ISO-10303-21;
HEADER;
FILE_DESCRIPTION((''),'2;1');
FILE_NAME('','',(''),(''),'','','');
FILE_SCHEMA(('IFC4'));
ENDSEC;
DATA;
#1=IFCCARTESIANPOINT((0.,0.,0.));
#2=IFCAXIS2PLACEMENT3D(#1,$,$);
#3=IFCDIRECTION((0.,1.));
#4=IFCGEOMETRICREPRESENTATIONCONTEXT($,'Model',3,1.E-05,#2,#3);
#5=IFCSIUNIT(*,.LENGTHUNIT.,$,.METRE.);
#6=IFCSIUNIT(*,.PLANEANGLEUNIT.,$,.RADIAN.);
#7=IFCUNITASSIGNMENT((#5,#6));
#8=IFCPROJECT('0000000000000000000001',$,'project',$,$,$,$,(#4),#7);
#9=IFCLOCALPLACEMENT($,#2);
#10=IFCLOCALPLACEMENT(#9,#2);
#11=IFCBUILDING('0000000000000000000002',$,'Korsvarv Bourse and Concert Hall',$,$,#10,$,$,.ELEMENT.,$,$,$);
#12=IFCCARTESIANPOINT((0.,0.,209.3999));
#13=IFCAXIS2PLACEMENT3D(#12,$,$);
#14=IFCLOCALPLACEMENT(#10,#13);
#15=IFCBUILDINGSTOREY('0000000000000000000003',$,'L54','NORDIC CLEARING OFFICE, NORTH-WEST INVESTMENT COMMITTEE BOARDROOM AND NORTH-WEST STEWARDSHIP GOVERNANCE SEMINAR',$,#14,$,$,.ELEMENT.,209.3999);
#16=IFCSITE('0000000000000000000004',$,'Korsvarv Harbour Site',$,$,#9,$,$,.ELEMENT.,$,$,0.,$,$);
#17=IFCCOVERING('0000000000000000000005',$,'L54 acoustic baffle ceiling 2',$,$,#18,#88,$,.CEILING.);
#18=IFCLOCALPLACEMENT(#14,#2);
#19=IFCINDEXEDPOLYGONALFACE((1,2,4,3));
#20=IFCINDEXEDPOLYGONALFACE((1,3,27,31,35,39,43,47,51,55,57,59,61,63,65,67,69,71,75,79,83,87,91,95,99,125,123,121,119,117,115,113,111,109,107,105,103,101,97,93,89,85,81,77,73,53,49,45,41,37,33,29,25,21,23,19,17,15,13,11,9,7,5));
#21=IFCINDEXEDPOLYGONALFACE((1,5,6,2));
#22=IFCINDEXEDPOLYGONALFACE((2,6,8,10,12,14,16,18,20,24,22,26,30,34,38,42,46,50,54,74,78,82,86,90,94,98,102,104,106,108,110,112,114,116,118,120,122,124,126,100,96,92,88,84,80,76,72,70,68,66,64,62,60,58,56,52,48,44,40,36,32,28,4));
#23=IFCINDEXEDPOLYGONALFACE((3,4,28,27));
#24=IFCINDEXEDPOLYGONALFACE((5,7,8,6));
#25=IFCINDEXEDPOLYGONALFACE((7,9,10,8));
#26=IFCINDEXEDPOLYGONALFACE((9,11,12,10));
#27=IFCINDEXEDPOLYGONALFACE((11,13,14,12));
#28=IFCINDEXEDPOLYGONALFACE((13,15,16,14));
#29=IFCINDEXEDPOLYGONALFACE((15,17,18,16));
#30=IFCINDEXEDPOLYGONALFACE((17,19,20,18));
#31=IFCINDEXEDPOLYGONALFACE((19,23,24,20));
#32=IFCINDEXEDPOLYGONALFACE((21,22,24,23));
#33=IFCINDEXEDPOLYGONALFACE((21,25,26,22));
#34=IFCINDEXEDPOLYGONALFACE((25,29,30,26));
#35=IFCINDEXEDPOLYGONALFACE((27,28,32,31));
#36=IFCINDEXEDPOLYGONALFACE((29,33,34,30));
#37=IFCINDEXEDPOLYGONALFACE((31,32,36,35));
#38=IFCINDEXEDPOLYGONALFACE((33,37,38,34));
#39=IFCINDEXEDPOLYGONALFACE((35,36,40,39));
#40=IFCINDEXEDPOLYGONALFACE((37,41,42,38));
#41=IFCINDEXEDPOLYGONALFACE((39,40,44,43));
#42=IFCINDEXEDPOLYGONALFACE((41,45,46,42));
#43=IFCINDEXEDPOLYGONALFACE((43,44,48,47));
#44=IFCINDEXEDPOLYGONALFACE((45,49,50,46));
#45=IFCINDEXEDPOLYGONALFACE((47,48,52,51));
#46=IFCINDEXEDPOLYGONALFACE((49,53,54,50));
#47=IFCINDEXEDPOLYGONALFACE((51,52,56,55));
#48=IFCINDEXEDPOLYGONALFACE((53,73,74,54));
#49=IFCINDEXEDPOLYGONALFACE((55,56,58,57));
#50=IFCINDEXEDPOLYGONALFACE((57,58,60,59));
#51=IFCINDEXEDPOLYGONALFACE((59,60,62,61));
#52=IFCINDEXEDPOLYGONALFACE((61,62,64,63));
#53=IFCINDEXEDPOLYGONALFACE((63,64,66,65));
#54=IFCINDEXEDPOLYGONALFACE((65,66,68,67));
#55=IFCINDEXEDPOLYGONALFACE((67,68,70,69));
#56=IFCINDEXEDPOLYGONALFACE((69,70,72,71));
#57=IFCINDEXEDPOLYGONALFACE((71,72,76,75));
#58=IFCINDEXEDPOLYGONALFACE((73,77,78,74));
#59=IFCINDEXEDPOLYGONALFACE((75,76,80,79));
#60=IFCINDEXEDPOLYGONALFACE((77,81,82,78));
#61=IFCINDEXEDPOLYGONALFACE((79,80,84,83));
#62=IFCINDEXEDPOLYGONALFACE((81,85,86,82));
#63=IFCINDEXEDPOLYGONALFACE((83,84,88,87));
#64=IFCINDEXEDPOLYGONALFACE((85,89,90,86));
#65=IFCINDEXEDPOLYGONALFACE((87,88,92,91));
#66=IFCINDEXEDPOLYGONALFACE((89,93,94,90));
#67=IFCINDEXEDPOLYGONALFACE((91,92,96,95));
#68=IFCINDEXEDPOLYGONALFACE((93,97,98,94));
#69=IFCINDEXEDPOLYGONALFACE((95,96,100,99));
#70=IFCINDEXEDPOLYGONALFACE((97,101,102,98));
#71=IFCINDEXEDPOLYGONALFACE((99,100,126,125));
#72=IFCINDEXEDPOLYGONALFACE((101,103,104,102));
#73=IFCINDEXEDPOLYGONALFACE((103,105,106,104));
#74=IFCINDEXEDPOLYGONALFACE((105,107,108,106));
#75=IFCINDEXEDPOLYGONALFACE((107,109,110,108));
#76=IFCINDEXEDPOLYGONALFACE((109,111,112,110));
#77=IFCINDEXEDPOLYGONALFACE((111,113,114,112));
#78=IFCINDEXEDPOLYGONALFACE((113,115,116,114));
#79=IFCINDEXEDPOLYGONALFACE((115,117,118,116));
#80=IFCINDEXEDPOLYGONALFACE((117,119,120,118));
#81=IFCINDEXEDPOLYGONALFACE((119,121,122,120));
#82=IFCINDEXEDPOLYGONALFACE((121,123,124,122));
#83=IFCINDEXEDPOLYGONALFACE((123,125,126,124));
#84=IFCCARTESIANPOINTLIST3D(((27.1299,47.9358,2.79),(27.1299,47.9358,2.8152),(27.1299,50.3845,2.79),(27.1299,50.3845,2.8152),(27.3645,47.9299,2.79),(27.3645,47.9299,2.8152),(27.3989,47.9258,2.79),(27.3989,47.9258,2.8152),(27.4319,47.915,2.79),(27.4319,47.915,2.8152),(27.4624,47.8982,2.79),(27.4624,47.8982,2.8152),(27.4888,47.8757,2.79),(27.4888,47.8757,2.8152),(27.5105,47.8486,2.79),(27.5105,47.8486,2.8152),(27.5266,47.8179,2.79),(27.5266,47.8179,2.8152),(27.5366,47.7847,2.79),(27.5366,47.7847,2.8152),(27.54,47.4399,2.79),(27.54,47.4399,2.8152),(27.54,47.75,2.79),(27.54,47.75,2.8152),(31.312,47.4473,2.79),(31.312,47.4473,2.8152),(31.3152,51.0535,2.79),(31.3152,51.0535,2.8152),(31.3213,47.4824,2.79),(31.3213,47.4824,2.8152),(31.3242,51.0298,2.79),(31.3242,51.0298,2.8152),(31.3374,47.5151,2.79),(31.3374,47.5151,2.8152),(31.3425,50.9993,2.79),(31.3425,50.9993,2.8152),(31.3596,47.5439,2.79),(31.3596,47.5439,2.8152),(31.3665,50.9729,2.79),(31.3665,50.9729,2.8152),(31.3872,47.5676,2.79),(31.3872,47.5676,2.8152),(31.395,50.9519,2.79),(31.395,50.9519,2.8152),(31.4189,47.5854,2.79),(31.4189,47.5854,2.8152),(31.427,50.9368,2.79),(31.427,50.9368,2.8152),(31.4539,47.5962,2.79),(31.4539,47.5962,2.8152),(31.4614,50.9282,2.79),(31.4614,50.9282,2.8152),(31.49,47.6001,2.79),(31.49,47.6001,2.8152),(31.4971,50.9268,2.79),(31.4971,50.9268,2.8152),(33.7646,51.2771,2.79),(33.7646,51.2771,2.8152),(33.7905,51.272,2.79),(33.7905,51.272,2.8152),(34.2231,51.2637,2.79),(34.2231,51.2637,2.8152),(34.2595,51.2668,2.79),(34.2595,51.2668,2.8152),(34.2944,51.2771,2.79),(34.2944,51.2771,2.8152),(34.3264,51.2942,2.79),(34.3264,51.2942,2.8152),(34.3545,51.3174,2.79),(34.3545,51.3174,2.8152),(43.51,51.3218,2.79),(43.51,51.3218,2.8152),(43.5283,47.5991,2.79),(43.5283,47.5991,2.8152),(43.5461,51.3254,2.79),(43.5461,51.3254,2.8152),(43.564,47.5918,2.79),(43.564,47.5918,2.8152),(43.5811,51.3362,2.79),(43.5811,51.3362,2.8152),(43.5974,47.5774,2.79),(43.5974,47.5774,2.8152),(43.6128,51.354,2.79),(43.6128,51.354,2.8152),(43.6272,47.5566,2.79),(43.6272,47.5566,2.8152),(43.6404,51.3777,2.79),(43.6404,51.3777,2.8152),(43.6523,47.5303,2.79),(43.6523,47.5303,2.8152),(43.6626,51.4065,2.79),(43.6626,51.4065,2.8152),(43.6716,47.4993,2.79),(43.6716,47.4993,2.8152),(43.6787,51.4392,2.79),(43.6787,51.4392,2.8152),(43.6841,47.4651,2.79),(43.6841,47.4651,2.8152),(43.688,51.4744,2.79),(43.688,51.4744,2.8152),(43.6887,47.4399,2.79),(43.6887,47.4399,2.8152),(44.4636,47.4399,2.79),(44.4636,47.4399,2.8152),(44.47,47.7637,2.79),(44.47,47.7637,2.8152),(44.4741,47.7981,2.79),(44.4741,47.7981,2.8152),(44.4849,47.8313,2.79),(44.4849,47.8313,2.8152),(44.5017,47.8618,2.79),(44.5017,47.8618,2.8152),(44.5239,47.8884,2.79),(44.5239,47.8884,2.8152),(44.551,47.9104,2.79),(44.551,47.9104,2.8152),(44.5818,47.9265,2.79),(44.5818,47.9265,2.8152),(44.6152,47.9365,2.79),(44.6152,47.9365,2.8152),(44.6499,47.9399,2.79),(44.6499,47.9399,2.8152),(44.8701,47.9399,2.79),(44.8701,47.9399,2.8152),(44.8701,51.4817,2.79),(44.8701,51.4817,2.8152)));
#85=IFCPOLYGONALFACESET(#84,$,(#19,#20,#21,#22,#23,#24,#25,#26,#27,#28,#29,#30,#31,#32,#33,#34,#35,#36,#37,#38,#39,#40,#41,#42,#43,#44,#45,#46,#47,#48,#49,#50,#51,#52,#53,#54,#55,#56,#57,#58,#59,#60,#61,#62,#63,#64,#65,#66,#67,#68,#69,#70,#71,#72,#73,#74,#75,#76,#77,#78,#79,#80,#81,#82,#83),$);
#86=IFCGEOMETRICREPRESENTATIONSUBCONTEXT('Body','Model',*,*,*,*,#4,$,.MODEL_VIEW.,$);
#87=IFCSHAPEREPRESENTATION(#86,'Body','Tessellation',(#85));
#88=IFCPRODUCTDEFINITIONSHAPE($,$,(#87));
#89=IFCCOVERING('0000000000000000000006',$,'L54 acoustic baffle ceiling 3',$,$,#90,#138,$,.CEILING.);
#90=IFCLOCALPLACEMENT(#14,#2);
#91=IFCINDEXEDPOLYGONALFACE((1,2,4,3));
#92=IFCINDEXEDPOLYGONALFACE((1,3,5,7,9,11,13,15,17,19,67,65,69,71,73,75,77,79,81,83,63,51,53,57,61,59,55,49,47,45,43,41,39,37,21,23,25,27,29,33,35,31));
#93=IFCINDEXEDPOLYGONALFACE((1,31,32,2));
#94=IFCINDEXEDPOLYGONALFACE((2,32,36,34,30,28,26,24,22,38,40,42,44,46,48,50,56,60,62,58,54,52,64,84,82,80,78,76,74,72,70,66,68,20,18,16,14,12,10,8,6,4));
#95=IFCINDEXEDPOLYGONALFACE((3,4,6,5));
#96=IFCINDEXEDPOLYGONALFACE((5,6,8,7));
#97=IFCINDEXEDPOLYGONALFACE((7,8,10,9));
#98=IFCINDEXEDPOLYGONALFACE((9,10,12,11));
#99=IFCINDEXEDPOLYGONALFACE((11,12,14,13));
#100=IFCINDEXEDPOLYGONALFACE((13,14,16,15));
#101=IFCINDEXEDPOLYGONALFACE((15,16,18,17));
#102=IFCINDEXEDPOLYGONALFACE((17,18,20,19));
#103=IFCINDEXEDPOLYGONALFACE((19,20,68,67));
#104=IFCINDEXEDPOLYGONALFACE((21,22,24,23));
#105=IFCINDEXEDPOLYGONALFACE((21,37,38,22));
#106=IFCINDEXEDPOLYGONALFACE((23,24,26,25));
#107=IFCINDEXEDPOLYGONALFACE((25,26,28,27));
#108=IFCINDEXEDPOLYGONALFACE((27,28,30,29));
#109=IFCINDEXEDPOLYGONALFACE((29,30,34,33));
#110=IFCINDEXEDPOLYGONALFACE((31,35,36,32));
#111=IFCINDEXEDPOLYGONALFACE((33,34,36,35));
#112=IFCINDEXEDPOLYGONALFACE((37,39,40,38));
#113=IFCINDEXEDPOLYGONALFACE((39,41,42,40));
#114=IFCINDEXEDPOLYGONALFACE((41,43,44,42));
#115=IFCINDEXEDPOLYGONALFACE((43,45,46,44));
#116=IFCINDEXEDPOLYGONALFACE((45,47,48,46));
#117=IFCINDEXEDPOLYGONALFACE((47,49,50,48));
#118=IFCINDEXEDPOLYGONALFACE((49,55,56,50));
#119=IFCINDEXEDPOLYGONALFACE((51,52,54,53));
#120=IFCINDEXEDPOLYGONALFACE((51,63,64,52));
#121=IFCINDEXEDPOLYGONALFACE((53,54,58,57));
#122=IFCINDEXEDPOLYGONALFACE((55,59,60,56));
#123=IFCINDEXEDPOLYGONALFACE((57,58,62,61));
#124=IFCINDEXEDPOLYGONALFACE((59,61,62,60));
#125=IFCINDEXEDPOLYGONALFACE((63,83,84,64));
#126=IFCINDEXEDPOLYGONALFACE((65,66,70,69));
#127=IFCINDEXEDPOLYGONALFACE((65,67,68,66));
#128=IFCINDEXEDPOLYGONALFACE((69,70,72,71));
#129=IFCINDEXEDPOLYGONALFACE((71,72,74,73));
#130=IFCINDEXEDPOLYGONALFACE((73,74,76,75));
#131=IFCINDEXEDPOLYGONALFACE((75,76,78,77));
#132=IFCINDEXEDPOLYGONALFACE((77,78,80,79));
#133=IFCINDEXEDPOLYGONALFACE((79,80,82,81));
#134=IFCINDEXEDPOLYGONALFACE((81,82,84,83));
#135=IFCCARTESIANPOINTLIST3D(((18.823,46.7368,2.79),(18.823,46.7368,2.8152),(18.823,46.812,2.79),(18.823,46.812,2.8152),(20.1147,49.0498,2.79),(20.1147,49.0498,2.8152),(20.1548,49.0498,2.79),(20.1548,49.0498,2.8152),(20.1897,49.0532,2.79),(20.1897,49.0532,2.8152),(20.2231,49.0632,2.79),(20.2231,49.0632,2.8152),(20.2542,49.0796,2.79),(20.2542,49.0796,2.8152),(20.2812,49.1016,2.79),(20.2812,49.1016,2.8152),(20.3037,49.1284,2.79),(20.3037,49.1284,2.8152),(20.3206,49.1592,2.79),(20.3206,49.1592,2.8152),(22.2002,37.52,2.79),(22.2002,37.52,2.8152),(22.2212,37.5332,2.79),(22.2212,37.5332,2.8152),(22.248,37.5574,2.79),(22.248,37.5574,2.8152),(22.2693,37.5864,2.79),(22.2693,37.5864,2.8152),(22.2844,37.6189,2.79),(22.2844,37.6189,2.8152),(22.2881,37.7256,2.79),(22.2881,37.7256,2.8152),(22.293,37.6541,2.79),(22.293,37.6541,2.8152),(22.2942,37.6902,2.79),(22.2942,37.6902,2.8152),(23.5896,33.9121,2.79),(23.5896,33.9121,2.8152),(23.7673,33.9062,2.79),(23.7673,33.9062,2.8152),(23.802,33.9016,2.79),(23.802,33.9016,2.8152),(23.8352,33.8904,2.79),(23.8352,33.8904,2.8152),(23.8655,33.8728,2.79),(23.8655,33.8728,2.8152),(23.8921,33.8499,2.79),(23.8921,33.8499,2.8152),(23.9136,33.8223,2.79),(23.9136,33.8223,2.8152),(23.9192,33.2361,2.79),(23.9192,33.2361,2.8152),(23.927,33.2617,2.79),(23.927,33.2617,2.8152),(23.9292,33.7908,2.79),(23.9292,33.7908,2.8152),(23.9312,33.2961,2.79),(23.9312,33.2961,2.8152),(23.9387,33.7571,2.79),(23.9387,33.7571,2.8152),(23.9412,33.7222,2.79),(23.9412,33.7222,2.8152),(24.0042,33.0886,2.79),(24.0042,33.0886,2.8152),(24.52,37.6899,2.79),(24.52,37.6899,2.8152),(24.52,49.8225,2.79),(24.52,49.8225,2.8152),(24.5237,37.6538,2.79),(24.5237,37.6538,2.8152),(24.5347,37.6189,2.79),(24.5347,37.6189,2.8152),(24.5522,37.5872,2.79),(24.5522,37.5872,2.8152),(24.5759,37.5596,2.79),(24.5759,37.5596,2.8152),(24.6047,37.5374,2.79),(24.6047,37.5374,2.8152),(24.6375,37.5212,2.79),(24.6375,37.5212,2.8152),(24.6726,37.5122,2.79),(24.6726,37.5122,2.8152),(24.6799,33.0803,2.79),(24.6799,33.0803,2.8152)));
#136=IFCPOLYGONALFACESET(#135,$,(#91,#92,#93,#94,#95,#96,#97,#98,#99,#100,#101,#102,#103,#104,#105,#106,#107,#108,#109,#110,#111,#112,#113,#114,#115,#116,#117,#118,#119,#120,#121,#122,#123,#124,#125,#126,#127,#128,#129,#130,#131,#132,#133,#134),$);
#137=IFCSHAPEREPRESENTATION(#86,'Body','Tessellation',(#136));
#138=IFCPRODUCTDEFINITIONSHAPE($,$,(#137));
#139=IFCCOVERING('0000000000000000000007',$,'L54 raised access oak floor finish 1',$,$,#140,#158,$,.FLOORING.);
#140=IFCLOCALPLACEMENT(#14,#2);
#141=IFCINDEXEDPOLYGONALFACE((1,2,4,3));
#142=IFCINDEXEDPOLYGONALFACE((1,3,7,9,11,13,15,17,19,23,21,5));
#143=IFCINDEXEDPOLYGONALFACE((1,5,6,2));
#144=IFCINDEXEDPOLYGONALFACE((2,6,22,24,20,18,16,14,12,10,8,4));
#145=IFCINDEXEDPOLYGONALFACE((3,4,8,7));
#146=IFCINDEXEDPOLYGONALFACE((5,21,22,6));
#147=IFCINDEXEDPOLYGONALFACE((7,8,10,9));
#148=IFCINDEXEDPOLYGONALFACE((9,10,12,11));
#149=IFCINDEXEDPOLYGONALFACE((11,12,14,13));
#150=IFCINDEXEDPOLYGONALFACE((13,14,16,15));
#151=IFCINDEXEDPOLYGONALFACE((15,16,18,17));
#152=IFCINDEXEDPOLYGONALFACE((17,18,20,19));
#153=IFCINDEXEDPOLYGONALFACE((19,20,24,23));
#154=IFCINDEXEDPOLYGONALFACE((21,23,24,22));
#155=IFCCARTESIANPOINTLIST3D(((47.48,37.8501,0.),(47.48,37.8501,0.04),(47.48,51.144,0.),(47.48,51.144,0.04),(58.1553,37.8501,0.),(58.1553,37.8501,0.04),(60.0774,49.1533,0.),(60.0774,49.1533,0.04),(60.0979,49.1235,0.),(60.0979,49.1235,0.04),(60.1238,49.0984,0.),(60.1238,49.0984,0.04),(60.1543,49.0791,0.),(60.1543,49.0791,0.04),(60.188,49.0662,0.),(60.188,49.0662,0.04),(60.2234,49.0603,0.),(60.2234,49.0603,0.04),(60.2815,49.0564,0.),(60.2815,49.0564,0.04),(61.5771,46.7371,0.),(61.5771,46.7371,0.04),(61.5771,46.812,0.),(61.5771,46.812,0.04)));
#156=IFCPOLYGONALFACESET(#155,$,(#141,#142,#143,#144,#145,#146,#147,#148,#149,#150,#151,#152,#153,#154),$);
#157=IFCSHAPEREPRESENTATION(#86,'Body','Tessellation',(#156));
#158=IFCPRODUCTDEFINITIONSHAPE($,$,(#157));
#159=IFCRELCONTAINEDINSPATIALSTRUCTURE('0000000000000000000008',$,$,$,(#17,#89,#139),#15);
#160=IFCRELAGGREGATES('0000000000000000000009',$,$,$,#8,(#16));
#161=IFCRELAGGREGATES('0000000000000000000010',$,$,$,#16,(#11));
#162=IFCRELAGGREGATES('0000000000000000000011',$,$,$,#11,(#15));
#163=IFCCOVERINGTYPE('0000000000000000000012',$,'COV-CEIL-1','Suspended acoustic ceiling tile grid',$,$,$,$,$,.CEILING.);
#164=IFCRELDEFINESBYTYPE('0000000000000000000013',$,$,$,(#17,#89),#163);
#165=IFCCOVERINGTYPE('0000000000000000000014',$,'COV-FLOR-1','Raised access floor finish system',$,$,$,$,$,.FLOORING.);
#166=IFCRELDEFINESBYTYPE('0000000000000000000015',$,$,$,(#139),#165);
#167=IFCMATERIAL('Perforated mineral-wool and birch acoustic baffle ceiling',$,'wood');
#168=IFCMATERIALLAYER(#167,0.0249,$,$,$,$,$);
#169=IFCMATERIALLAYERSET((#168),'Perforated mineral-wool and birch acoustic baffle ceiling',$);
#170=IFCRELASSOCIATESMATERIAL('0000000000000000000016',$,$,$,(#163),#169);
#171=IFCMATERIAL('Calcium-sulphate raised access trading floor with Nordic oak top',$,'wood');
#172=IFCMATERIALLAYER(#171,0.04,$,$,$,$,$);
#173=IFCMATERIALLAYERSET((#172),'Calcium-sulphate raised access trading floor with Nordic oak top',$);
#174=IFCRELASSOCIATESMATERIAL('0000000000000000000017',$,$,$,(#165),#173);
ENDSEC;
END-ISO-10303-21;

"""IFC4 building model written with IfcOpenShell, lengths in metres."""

from ifc_helpers import new_model, si_unit, direction, frame, origin, place, context, subcontext, project, spatial, polyline, outline, extrude, material, layer, layer_set, type_object, element, save


model = new_model("IFC4")

# Units and contexts
model_context = context("Model", 3, precision=1e-05, world=origin(), true_north=direction((0.0, 1.0)))
body_context = subcontext(model_context, "Body", "Model", "MODEL_VIEW")
ifc_project = project(units=[si_unit("LENGTHUNIT", "METRE"), si_unit("PLANEANGLEUNIT", "RADIAN")], contexts=[model_context])

# Site, building, storey
site_placement = place(None, origin())
site = spatial("IfcSite", under=ifc_project, at=site_placement, Name="Korsvarv Harbour Site", CompositionType="ELEMENT", RefElevation=0.0)
building_placement = place(site_placement, origin())
building = spatial("IfcBuilding", under=site, at=building_placement, Name="Korsvarv Bourse and Concert Hall", CompositionType="ELEMENT")
storey_placement = place(building_placement, frame((0.0, 0.0, 209.3999)))
storey = spatial("IfcBuildingStorey", under=building, at=storey_placement, Name="L54", Description="NORDIC CLEARING OFFICE, NORTH-WEST INVESTMENT COMMITTEE BOARDROOM AND NORTH-WEST STEWARDSHIP GOVERNANCE SEMINAR", CompositionType="ELEMENT", Elevation=209.3999)

# Coverings
ifc_material_1 = material(Name="Perforated mineral-wool and birch acoustic baffle ceiling", Category="wood")
ifc_layer_1 = layer(ifc_material_1, 0.0249)
ifc_layer_set_1 = layer_set([ifc_layer_1], Name="Perforated mineral-wool and birch acoustic baffle ceiling")
covering_type_1 = type_object("IfcCoveringType", Name="COV-CEIL-1", Description="Suspended acoustic ceiling tile grid", PredefinedType="CEILING", material=ifc_layer_set_1)
covering_1_placement = place(storey_placement, frame((0.0, 0.0, 2.79)))
element("IfcCovering", 1, at=covering_1_placement, inside=storey, type_object=covering_type_1, Name="L54 acoustic baffle ceiling 2", PredefinedType="CEILING", context=body_context, shape_type="SweptSolid", body=[
    extrude(outline(polyline([(31.3152, 51.0535), (31.3242, 51.0298), (31.3425, 50.9993), (31.3665, 50.9729), (31.395, 50.9519), (31.427, 50.9368), (31.4614, 50.9282), (31.4971, 50.9268), (33.7646, 51.2771), (33.7905, 51.272), (34.2231, 51.2637), (34.2595, 51.2668), (34.2944, 51.2771), (34.3264, 51.2942), (34.3545, 51.3174), (43.51, 51.3218), (43.5461, 51.3254), (43.5811, 51.3362), (43.6128, 51.354), (43.6404, 51.3777), (43.6626, 51.4065), (43.6787, 51.4392), (43.688, 51.4744), (44.8701, 51.4817), (44.8701, 47.9399), (44.6499, 47.9399), (44.6152, 47.9365), (44.5818, 47.9265), (44.551, 47.9104), (44.5239, 47.8884), (44.5017, 47.8618), (44.4849, 47.8313), (44.4741, 47.7981), (44.47, 47.7637), (44.4636, 47.4399), (43.6887, 47.4399), (43.6841, 47.4651), (43.6716, 47.4993), (43.6523, 47.5303), (43.6272, 47.5566), (43.5974, 47.5774), (43.564, 47.5918), (43.5283, 47.5991), (31.49, 47.6001), (31.4539, 47.5962), (31.4189, 47.5854), (31.3872, 47.5676), (31.3596, 47.5439), (31.3374, 47.5151), (31.3213, 47.4824), (31.312, 47.4473), (27.54, 47.4399), (27.54, 47.75), (27.5366, 47.7847), (27.5266, 47.8179), (27.5105, 47.8486), (27.4888, 47.8757), (27.4624, 47.8982), (27.4319, 47.915), (27.3989, 47.9258), (27.3645, 47.9299), (27.1299, 47.9358), (27.1299, 50.3845), (31.3152, 51.0535)])), origin(), (0.0, 0.0, 1.0), 0.0251),
])
covering_2_placement = place(storey_placement, frame((0.0, 0.0, 2.79)))
element("IfcCovering", 2, at=covering_2_placement, inside=storey, type_object=covering_type_1, Name="L54 acoustic baffle ceiling 3", PredefinedType="CEILING", context=body_context, shape_type="SweptSolid", body=[
    extrude(outline(polyline([(24.52, 49.8225), (24.52, 37.6899), (24.5237, 37.6538), (24.5347, 37.6189), (24.5522, 37.5872), (24.5759, 37.5596), (24.6047, 37.5374), (24.6375, 37.5212), (24.6726, 37.5122), (24.6799, 33.0803), (24.0042, 33.0886), (23.9192, 33.2361), (23.927, 33.2617), (23.9312, 33.2961), (23.9412, 33.7222), (23.9387, 33.7571), (23.9292, 33.7908), (23.9136, 33.8223), (23.8921, 33.8499), (23.8655, 33.8728), (23.8352, 33.8904), (23.802, 33.9016), (23.7673, 33.9062), (23.5896, 33.9121), (22.2002, 37.52), (22.2212, 37.5332), (22.248, 37.5574), (22.2693, 37.5864), (22.2844, 37.6189), (22.293, 37.6541), (22.2942, 37.6902), (22.2881, 37.7256), (18.823, 46.7368), (18.823, 46.812), (20.1147, 49.0498), (20.1548, 49.0498), (20.1897, 49.0532), (20.2231, 49.0632), (20.2542, 49.0796), (20.2812, 49.1016), (20.3037, 49.1284), (20.3206, 49.1592), (24.52, 49.8225)])), origin(), (0.0, 0.0, 1.0), 0.0251),
])
ifc_material_2 = material(Name="Calcium-sulphate raised access trading floor with Nordic oak top", Category="wood")
ifc_layer_2 = layer(ifc_material_2, 0.04)
ifc_layer_set_2 = layer_set([ifc_layer_2], Name="Calcium-sulphate raised access trading floor with Nordic oak top")
covering_type_2 = type_object("IfcCoveringType", Name="COV-FLOR-1", Description="Raised access floor finish system", PredefinedType="FLOORING", material=ifc_layer_set_2)
covering_3_placement = place(storey_placement, origin())
element("IfcCovering", 3, at=covering_3_placement, inside=storey, type_object=covering_type_2, Name="L54 raised access oak floor finish 1", PredefinedType="FLOORING", context=body_context, shape_type="SweptSolid", body=[
    extrude(outline(polyline([(60.0774, 49.1533), (60.0979, 49.1235), (60.1238, 49.0984), (60.1543, 49.0791), (60.188, 49.0662), (60.2234, 49.0603), (60.2815, 49.0564), (61.5771, 46.812), (61.5771, 46.7371), (58.1553, 37.8501), (47.48, 37.8501), (47.48, 51.144), (60.0774, 49.1533)])), origin(), (0.0, 0.0, 1.0), 0.04),
])

save(model, "model.ifc")
